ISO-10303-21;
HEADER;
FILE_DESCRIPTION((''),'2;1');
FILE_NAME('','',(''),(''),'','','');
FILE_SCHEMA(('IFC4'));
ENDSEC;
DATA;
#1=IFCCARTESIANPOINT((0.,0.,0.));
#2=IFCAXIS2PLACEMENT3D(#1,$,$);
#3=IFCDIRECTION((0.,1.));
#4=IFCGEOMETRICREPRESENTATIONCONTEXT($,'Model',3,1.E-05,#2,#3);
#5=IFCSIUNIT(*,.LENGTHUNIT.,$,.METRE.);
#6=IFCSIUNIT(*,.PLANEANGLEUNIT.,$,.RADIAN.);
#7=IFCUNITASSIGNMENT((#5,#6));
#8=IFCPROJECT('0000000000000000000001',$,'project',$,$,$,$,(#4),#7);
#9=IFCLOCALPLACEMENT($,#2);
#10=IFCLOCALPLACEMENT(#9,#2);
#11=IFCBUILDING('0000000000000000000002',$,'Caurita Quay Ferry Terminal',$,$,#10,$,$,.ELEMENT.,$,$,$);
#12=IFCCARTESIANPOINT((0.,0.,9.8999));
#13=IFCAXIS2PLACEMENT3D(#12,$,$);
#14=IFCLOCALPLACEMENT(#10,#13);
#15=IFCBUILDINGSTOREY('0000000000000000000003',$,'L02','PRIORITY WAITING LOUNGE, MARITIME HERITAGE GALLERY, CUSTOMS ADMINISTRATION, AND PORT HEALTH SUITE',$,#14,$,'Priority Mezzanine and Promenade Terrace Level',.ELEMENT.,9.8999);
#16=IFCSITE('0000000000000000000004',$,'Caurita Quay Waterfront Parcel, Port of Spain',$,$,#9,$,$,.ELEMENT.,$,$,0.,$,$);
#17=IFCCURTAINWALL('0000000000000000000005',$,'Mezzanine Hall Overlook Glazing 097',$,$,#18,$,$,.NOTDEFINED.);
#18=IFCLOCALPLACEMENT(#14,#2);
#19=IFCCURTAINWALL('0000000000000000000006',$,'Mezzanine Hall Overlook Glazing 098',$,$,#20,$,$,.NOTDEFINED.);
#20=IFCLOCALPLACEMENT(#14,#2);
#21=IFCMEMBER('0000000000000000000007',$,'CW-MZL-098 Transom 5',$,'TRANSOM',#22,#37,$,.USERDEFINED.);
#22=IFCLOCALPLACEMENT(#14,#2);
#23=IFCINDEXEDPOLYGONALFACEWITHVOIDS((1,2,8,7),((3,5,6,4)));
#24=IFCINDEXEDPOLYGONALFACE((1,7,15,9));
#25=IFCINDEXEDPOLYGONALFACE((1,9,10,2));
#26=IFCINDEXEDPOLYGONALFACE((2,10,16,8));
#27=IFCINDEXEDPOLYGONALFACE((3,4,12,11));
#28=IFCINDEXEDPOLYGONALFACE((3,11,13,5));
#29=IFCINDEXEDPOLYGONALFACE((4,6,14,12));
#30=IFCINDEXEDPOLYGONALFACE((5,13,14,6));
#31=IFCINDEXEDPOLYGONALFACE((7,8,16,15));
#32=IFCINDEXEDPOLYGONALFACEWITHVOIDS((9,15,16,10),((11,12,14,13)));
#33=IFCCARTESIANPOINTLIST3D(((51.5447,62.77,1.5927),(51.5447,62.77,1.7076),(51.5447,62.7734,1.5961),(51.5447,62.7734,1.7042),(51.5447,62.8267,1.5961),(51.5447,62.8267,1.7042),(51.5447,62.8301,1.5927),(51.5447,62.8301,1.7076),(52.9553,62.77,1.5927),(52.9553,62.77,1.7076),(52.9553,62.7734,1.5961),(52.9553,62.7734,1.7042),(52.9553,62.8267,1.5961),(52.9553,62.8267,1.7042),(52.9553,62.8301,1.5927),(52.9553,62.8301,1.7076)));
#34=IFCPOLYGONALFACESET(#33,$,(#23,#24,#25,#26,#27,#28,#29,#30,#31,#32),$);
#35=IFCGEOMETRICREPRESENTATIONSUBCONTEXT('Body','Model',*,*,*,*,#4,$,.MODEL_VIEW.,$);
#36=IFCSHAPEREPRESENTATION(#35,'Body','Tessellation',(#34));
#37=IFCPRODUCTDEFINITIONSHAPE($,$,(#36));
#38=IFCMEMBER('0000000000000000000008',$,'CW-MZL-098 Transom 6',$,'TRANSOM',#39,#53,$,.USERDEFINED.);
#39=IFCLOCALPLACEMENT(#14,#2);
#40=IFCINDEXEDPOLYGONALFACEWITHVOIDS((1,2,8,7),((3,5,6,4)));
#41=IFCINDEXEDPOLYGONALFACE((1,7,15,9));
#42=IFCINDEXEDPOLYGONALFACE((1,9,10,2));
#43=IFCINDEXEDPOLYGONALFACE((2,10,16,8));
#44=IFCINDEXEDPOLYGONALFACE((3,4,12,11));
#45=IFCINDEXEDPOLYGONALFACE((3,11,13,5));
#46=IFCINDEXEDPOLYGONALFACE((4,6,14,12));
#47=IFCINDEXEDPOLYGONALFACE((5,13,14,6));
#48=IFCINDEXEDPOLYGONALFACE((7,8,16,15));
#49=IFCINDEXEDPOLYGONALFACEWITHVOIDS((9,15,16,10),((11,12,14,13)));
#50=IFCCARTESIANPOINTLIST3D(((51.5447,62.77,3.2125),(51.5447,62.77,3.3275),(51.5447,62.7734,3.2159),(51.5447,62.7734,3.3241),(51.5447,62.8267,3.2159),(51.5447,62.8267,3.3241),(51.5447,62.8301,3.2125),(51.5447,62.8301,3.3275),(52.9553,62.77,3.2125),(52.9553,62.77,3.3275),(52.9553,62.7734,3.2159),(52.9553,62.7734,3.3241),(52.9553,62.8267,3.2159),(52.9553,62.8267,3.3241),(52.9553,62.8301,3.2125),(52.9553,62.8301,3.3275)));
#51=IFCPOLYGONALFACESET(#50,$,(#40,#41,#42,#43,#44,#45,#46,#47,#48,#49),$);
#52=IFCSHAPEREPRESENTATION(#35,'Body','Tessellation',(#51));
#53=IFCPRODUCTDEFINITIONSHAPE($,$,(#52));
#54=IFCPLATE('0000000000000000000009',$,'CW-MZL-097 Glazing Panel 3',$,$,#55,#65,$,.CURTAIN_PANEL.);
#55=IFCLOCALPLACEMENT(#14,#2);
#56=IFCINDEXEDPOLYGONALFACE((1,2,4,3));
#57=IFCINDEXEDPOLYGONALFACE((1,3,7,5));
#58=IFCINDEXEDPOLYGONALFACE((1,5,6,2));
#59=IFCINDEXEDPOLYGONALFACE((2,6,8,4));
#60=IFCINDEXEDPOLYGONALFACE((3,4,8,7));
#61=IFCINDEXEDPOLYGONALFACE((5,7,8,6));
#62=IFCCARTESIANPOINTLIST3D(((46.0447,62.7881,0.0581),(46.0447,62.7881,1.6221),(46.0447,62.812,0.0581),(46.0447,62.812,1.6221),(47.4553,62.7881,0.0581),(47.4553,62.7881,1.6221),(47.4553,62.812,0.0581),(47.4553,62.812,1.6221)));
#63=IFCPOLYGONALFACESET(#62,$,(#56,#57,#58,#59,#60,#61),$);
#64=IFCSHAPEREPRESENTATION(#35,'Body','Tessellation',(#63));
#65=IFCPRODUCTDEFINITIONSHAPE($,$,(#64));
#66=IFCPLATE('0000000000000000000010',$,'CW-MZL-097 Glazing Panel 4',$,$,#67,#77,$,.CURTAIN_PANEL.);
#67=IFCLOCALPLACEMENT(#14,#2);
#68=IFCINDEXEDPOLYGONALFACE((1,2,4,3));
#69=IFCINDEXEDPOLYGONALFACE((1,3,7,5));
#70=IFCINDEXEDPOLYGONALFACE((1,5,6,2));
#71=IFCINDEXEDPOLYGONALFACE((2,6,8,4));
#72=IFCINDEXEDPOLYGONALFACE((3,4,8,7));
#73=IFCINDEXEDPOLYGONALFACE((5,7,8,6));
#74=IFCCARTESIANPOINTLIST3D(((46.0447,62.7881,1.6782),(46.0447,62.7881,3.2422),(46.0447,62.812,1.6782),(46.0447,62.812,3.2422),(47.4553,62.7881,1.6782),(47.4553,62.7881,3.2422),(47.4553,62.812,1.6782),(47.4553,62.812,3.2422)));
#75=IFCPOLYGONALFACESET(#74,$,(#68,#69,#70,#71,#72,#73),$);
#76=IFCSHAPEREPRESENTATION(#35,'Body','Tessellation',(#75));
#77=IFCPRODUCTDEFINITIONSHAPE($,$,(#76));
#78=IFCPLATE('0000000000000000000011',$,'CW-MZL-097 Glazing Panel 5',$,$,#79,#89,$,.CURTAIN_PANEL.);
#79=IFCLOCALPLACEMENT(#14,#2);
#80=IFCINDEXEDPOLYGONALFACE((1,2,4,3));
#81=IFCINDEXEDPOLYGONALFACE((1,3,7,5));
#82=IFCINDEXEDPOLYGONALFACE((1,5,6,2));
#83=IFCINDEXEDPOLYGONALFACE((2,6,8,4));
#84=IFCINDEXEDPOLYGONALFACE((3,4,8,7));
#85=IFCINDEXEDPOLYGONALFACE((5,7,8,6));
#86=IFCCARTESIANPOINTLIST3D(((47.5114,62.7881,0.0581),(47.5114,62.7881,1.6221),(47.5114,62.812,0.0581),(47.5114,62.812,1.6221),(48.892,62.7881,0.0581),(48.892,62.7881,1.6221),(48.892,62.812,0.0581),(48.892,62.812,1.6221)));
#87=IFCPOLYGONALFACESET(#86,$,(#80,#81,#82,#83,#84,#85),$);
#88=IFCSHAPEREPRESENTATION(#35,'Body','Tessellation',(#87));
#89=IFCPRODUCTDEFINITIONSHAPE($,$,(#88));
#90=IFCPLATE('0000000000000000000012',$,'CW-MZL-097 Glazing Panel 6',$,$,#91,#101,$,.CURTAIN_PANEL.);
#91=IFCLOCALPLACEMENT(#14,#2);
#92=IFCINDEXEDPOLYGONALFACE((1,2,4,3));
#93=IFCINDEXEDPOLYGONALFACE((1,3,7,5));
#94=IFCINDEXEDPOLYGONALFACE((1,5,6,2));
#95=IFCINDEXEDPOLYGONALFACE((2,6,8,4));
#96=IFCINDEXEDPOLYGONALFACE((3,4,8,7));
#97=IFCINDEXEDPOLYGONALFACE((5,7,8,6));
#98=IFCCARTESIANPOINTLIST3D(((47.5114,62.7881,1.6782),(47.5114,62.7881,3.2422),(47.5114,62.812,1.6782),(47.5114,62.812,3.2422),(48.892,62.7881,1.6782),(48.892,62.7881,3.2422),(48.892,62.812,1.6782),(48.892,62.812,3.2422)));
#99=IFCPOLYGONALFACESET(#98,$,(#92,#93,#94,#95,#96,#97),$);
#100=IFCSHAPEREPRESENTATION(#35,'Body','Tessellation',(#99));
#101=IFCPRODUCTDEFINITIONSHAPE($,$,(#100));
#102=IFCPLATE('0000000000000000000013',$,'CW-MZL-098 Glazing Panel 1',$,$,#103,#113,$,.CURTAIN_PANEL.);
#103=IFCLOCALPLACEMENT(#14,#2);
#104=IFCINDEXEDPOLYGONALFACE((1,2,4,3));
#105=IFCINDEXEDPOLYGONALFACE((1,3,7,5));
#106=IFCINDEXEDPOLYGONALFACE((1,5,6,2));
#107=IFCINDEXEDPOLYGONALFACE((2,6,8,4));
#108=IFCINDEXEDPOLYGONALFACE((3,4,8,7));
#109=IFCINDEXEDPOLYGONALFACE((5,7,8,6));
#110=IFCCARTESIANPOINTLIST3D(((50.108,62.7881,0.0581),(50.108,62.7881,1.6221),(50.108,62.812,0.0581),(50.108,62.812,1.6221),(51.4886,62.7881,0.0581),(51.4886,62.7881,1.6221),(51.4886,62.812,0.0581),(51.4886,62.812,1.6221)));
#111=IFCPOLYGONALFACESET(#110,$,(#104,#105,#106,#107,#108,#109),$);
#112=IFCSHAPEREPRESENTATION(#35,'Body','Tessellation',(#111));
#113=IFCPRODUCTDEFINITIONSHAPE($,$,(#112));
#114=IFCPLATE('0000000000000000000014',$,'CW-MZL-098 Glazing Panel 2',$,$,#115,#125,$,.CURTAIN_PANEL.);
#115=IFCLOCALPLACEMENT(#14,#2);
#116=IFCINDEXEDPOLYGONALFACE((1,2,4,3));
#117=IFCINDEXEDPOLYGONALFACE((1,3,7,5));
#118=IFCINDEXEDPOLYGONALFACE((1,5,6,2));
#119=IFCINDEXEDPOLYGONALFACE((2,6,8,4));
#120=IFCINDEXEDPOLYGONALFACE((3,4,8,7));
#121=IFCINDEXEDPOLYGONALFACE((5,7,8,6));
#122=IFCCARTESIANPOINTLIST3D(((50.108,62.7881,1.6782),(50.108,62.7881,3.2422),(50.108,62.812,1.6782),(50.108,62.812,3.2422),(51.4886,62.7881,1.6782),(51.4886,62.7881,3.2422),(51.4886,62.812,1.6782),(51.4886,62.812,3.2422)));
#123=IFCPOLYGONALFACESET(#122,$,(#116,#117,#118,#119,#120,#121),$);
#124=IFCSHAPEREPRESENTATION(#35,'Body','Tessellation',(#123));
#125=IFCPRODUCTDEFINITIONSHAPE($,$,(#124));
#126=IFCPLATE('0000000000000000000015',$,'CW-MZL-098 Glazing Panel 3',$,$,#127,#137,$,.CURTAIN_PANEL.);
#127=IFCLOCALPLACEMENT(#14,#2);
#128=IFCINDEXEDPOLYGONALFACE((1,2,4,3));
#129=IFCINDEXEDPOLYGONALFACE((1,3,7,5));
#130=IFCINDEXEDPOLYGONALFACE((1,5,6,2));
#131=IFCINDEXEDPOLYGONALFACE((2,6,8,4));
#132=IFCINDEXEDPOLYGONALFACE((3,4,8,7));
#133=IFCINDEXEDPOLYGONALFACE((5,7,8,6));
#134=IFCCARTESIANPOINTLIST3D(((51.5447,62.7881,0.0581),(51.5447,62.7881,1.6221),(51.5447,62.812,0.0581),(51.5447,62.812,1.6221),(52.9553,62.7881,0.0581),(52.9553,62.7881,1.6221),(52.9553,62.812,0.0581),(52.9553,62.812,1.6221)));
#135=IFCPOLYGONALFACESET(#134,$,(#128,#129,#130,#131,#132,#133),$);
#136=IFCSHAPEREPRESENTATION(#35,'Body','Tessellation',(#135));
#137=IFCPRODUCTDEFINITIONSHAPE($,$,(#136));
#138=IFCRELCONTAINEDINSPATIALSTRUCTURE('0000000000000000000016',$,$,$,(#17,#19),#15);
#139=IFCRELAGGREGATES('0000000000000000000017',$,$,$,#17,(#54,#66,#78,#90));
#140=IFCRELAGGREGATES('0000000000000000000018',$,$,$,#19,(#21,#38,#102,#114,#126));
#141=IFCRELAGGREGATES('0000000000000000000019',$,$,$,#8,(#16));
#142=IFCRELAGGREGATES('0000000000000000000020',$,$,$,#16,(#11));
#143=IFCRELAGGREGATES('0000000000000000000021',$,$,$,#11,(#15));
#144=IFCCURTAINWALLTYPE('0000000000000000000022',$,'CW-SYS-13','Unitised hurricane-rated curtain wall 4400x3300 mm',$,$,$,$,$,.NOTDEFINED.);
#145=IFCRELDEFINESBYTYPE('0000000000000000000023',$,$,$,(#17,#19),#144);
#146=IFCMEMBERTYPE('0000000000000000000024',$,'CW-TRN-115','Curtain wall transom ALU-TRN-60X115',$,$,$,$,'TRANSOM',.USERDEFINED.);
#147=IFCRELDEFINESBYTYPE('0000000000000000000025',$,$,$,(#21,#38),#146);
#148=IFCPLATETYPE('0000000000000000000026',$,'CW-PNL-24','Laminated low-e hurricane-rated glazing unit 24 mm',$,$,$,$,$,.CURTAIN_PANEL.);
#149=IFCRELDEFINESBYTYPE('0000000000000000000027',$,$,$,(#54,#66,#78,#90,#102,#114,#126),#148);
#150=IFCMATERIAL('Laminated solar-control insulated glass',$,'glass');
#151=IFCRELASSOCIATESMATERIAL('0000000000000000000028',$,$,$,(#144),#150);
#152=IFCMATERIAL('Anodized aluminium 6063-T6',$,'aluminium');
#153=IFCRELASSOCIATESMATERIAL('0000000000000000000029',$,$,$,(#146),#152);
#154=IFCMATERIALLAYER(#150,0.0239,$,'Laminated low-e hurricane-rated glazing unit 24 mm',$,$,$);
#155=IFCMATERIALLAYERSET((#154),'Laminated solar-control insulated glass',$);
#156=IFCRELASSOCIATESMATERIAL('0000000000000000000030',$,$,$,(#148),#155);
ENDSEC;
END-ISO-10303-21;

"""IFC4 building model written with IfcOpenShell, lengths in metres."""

from ifc_helpers import new_model, si_unit, direction, frame, origin, origin_2d, place, context, subcontext, project, spatial, rectangle, hollow_rectangle, extrude, material, layer, layer_set, material_profile, profile_set, type_object, element, aggregate, save


model = new_model("IFC4")

# Units and contexts
model_context = context("Model", 3, precision=1e-05, world=origin(), true_north=direction((0.0, 1.0)))
body_context = subcontext(model_context, "Body", "Model", "MODEL_VIEW")
ifc_project = project(units=[si_unit("LENGTHUNIT", "METRE"), si_unit("PLANEANGLEUNIT", "RADIAN")], contexts=[model_context])

# Site, building, storey
site_placement = place(None, origin())
site = spatial("IfcSite", under=ifc_project, at=site_placement, Name="Caurita Quay Waterfront Parcel, Port of Spain", CompositionType="ELEMENT", RefElevation=0.0)
building_placement = place(site_placement, origin())
building = spatial("IfcBuilding", under=site, at=building_placement, Name="Caurita Quay Ferry Terminal", CompositionType="ELEMENT")
storey_placement = place(building_placement, frame((0.0, 0.0, 9.8999)))
storey = spatial("IfcBuildingStorey", under=building, at=storey_placement, Name="L02", Description="PRIORITY WAITING LOUNGE, MARITIME HERITAGE GALLERY, CUSTOMS ADMINISTRATION, AND PORT HEALTH SUITE", LongName="Priority Mezzanine and Promenade Terrace Level", CompositionType="ELEMENT", Elevation=9.8999)

# Curtain walls
ifc_material_1 = material(Name="Laminated solar-control insulated glass", Category="glass")
curtain_wall_type = type_object("IfcCurtainWallType", Name="CW-SYS-13", Description="Unitised hurricane-rated curtain wall 4400x3300 mm", PredefinedType="NOTDEFINED", material=ifc_material_1)
curtain_wall_1_placement = place(storey_placement, origin())
curtain_wall_1 = element("IfcCurtainWall", 1, at=curtain_wall_1_placement, inside=storey, type_object=curtain_wall_type, Name="Mezzanine Hall Overlook Glazing 097", PredefinedType="NOTDEFINED")
ifc_material_2 = material(Name="Anodized aluminium 6063-T6", Category="aluminium")
curtain_wall_2_placement = place(storey_placement, origin())
curtain_wall_2 = element("IfcCurtainWall", 2, at=curtain_wall_2_placement, inside=storey, type_object=curtain_wall_type, Name="Mezzanine Hall Overlook Glazing 098", PredefinedType="NOTDEFINED")

# Members
ifc_material_profile_1 = material_profile(ifc_material_2, hollow_rectangle(XDim=0.0601, YDim=0.115, WallThickness=0.0034, at=origin_2d()), Name="ALU-TRN-60X115")
ifc_profile_set_1 = profile_set([ifc_material_profile_1], Name="Anodized aluminium 6063-T6")
member_type_1 = type_object("IfcMemberType", Name="CW-TRN-115", Description="Curtain wall transom ALU-TRN-60X115", ElementType="TRANSOM", PredefinedType="USERDEFINED", material=ifc_profile_set_1)
member_1_placement = place(storey_placement, frame((51.5447, 62.8, 1.6501), z_axis=(1.0, 0.0, 0.0), x_axis=(0.0, 1.0, 0.0)))
member_1 = element("IfcMember", 3, at=member_1_placement, type_object=member_type_1, Name="CW-MZL-098 Transom 5", ObjectType="TRANSOM", PredefinedType="USERDEFINED", context=body_context, shape_type="SweptSolid", body=[
    extrude(hollow_rectangle(XDim=0.0601, YDim=0.115, WallThickness=0.0034, at=origin_2d()), origin(), (0.0, 0.0, 1.0), 1.4106),
])
member_2_placement = place(storey_placement, frame((51.5447, 62.8, 3.27), z_axis=(1.0, 0.0, 0.0), x_axis=(0.0, 1.0, 0.0)))
member_2 = element("IfcMember", 4, at=member_2_placement, type_object=member_type_1, Name="CW-MZL-098 Transom 6", ObjectType="TRANSOM", PredefinedType="USERDEFINED", context=body_context, shape_type="SweptSolid", body=[
    extrude(hollow_rectangle(XDim=0.0601, YDim=0.115, WallThickness=0.0034, at=origin_2d()), origin(), (0.0, 0.0, 1.0), 1.4106),
])

# Plates
ifc_layer = layer(ifc_material_1, 0.0239, Name="Laminated low-e hurricane-rated glazing unit 24 mm")
ifc_layer_set = layer_set([ifc_layer], Name="Laminated solar-control insulated glass")
plate_type = type_object("IfcPlateType", Name="CW-PNL-24", Description="Laminated low-e hurricane-rated glazing unit 24 mm", PredefinedType="CURTAIN_PANEL", material=ifc_layer_set)
plate_1_placement = place(storey_placement, frame((46.75, 62.8, 0.0581), z_axis=(0.0, 0.0, 1.0), x_axis=(1.0, 0.0, 0.0)))
plate_1 = element("IfcPlate", 5, at=plate_1_placement, type_object=plate_type, Name="CW-MZL-097 Glazing Panel 3", PredefinedType="CURTAIN_PANEL", context=body_context, shape_type="SweptSolid", body=[
    extrude(rectangle(XDim=1.4106, YDim=0.0239, at=origin_2d()), origin(), (0.0, 0.0, 1.0), 1.564),
])
plate_2_placement = place(storey_placement, frame((46.75, 62.8, 1.6782), z_axis=(0.0, 0.0, 1.0), x_axis=(1.0, 0.0, 0.0)))
plate_2 = element("IfcPlate", 6, at=plate_2_placement, type_object=plate_type, Name="CW-MZL-097 Glazing Panel 4", PredefinedType="CURTAIN_PANEL", context=body_context, shape_type="SweptSolid", body=[
    extrude(rectangle(XDim=1.4106, YDim=0.0239, at=origin_2d()), origin(), (0.0, 0.0, 1.0), 1.564),
])
plate_3_placement = place(storey_placement, frame((48.2017, 62.8, 0.0581), z_axis=(0.0, 0.0, 1.0), x_axis=(1.0, 0.0, 0.0)))
plate_3 = element("IfcPlate", 7, at=plate_3_placement, type_object=plate_type, Name="CW-MZL-097 Glazing Panel 5", PredefinedType="CURTAIN_PANEL", context=body_context, shape_type="SweptSolid", body=[
    extrude(rectangle(XDim=1.3806, YDim=0.0239, at=origin_2d()), origin(), (0.0, 0.0, 1.0), 1.564),
])
plate_4_placement = place(storey_placement, frame((48.2017, 62.8, 1.6782), z_axis=(0.0, 0.0, 1.0), x_axis=(1.0, 0.0, 0.0)))
plate_4 = element("IfcPlate", 8, at=plate_4_placement, type_object=plate_type, Name="CW-MZL-097 Glazing Panel 6", PredefinedType="CURTAIN_PANEL", context=body_context, shape_type="SweptSolid", body=[
    extrude(rectangle(XDim=1.3806, YDim=0.0239, at=origin_2d()), origin(), (0.0, 0.0, 1.0), 1.564),
])
aggregate(curtain_wall_1, [plate_1, plate_2, plate_3, plate_4])
plate_5_placement = place(storey_placement, frame((50.7983, 62.8, 0.0581), z_axis=(0.0, 0.0, 1.0), x_axis=(1.0, 0.0, 0.0)))
plate_5 = element("IfcPlate", 9, at=plate_5_placement, type_object=plate_type, Name="CW-MZL-098 Glazing Panel 1", PredefinedType="CURTAIN_PANEL", context=body_context, shape_type="SweptSolid", body=[
    extrude(rectangle(XDim=1.3806, YDim=0.0239, at=origin_2d()), origin(), (0.0, 0.0, 1.0), 1.564),
])
plate_6_placement = place(storey_placement, frame((50.7983, 62.8, 1.6782), z_axis=(0.0, 0.0, 1.0), x_axis=(1.0, 0.0, 0.0)))
plate_6 = element("IfcPlate", 10, at=plate_6_placement, type_object=plate_type, Name="CW-MZL-098 Glazing Panel 2", PredefinedType="CURTAIN_PANEL", context=body_context, shape_type="SweptSolid", body=[
    extrude(rectangle(XDim=1.3806, YDim=0.0239, at=origin_2d()), origin(), (0.0, 0.0, 1.0), 1.564),
])
plate_7_placement = place(storey_placement, frame((52.25, 62.8, 0.0581), z_axis=(0.0, 0.0, 1.0), x_axis=(1.0, 0.0, 0.0)))
plate_7 = element("IfcPlate", 11, at=plate_7_placement, type_object=plate_type, Name="CW-MZL-098 Glazing Panel 3", PredefinedType="CURTAIN_PANEL", context=body_context, shape_type="SweptSolid", body=[
    extrude(rectangle(XDim=1.4106, YDim=0.0239, at=origin_2d()), origin(), (0.0, 0.0, 1.0), 1.564),
])
aggregate(curtain_wall_2, [member_1, member_2, plate_5, plate_6, plate_7])

save(model, "model.ifc")
